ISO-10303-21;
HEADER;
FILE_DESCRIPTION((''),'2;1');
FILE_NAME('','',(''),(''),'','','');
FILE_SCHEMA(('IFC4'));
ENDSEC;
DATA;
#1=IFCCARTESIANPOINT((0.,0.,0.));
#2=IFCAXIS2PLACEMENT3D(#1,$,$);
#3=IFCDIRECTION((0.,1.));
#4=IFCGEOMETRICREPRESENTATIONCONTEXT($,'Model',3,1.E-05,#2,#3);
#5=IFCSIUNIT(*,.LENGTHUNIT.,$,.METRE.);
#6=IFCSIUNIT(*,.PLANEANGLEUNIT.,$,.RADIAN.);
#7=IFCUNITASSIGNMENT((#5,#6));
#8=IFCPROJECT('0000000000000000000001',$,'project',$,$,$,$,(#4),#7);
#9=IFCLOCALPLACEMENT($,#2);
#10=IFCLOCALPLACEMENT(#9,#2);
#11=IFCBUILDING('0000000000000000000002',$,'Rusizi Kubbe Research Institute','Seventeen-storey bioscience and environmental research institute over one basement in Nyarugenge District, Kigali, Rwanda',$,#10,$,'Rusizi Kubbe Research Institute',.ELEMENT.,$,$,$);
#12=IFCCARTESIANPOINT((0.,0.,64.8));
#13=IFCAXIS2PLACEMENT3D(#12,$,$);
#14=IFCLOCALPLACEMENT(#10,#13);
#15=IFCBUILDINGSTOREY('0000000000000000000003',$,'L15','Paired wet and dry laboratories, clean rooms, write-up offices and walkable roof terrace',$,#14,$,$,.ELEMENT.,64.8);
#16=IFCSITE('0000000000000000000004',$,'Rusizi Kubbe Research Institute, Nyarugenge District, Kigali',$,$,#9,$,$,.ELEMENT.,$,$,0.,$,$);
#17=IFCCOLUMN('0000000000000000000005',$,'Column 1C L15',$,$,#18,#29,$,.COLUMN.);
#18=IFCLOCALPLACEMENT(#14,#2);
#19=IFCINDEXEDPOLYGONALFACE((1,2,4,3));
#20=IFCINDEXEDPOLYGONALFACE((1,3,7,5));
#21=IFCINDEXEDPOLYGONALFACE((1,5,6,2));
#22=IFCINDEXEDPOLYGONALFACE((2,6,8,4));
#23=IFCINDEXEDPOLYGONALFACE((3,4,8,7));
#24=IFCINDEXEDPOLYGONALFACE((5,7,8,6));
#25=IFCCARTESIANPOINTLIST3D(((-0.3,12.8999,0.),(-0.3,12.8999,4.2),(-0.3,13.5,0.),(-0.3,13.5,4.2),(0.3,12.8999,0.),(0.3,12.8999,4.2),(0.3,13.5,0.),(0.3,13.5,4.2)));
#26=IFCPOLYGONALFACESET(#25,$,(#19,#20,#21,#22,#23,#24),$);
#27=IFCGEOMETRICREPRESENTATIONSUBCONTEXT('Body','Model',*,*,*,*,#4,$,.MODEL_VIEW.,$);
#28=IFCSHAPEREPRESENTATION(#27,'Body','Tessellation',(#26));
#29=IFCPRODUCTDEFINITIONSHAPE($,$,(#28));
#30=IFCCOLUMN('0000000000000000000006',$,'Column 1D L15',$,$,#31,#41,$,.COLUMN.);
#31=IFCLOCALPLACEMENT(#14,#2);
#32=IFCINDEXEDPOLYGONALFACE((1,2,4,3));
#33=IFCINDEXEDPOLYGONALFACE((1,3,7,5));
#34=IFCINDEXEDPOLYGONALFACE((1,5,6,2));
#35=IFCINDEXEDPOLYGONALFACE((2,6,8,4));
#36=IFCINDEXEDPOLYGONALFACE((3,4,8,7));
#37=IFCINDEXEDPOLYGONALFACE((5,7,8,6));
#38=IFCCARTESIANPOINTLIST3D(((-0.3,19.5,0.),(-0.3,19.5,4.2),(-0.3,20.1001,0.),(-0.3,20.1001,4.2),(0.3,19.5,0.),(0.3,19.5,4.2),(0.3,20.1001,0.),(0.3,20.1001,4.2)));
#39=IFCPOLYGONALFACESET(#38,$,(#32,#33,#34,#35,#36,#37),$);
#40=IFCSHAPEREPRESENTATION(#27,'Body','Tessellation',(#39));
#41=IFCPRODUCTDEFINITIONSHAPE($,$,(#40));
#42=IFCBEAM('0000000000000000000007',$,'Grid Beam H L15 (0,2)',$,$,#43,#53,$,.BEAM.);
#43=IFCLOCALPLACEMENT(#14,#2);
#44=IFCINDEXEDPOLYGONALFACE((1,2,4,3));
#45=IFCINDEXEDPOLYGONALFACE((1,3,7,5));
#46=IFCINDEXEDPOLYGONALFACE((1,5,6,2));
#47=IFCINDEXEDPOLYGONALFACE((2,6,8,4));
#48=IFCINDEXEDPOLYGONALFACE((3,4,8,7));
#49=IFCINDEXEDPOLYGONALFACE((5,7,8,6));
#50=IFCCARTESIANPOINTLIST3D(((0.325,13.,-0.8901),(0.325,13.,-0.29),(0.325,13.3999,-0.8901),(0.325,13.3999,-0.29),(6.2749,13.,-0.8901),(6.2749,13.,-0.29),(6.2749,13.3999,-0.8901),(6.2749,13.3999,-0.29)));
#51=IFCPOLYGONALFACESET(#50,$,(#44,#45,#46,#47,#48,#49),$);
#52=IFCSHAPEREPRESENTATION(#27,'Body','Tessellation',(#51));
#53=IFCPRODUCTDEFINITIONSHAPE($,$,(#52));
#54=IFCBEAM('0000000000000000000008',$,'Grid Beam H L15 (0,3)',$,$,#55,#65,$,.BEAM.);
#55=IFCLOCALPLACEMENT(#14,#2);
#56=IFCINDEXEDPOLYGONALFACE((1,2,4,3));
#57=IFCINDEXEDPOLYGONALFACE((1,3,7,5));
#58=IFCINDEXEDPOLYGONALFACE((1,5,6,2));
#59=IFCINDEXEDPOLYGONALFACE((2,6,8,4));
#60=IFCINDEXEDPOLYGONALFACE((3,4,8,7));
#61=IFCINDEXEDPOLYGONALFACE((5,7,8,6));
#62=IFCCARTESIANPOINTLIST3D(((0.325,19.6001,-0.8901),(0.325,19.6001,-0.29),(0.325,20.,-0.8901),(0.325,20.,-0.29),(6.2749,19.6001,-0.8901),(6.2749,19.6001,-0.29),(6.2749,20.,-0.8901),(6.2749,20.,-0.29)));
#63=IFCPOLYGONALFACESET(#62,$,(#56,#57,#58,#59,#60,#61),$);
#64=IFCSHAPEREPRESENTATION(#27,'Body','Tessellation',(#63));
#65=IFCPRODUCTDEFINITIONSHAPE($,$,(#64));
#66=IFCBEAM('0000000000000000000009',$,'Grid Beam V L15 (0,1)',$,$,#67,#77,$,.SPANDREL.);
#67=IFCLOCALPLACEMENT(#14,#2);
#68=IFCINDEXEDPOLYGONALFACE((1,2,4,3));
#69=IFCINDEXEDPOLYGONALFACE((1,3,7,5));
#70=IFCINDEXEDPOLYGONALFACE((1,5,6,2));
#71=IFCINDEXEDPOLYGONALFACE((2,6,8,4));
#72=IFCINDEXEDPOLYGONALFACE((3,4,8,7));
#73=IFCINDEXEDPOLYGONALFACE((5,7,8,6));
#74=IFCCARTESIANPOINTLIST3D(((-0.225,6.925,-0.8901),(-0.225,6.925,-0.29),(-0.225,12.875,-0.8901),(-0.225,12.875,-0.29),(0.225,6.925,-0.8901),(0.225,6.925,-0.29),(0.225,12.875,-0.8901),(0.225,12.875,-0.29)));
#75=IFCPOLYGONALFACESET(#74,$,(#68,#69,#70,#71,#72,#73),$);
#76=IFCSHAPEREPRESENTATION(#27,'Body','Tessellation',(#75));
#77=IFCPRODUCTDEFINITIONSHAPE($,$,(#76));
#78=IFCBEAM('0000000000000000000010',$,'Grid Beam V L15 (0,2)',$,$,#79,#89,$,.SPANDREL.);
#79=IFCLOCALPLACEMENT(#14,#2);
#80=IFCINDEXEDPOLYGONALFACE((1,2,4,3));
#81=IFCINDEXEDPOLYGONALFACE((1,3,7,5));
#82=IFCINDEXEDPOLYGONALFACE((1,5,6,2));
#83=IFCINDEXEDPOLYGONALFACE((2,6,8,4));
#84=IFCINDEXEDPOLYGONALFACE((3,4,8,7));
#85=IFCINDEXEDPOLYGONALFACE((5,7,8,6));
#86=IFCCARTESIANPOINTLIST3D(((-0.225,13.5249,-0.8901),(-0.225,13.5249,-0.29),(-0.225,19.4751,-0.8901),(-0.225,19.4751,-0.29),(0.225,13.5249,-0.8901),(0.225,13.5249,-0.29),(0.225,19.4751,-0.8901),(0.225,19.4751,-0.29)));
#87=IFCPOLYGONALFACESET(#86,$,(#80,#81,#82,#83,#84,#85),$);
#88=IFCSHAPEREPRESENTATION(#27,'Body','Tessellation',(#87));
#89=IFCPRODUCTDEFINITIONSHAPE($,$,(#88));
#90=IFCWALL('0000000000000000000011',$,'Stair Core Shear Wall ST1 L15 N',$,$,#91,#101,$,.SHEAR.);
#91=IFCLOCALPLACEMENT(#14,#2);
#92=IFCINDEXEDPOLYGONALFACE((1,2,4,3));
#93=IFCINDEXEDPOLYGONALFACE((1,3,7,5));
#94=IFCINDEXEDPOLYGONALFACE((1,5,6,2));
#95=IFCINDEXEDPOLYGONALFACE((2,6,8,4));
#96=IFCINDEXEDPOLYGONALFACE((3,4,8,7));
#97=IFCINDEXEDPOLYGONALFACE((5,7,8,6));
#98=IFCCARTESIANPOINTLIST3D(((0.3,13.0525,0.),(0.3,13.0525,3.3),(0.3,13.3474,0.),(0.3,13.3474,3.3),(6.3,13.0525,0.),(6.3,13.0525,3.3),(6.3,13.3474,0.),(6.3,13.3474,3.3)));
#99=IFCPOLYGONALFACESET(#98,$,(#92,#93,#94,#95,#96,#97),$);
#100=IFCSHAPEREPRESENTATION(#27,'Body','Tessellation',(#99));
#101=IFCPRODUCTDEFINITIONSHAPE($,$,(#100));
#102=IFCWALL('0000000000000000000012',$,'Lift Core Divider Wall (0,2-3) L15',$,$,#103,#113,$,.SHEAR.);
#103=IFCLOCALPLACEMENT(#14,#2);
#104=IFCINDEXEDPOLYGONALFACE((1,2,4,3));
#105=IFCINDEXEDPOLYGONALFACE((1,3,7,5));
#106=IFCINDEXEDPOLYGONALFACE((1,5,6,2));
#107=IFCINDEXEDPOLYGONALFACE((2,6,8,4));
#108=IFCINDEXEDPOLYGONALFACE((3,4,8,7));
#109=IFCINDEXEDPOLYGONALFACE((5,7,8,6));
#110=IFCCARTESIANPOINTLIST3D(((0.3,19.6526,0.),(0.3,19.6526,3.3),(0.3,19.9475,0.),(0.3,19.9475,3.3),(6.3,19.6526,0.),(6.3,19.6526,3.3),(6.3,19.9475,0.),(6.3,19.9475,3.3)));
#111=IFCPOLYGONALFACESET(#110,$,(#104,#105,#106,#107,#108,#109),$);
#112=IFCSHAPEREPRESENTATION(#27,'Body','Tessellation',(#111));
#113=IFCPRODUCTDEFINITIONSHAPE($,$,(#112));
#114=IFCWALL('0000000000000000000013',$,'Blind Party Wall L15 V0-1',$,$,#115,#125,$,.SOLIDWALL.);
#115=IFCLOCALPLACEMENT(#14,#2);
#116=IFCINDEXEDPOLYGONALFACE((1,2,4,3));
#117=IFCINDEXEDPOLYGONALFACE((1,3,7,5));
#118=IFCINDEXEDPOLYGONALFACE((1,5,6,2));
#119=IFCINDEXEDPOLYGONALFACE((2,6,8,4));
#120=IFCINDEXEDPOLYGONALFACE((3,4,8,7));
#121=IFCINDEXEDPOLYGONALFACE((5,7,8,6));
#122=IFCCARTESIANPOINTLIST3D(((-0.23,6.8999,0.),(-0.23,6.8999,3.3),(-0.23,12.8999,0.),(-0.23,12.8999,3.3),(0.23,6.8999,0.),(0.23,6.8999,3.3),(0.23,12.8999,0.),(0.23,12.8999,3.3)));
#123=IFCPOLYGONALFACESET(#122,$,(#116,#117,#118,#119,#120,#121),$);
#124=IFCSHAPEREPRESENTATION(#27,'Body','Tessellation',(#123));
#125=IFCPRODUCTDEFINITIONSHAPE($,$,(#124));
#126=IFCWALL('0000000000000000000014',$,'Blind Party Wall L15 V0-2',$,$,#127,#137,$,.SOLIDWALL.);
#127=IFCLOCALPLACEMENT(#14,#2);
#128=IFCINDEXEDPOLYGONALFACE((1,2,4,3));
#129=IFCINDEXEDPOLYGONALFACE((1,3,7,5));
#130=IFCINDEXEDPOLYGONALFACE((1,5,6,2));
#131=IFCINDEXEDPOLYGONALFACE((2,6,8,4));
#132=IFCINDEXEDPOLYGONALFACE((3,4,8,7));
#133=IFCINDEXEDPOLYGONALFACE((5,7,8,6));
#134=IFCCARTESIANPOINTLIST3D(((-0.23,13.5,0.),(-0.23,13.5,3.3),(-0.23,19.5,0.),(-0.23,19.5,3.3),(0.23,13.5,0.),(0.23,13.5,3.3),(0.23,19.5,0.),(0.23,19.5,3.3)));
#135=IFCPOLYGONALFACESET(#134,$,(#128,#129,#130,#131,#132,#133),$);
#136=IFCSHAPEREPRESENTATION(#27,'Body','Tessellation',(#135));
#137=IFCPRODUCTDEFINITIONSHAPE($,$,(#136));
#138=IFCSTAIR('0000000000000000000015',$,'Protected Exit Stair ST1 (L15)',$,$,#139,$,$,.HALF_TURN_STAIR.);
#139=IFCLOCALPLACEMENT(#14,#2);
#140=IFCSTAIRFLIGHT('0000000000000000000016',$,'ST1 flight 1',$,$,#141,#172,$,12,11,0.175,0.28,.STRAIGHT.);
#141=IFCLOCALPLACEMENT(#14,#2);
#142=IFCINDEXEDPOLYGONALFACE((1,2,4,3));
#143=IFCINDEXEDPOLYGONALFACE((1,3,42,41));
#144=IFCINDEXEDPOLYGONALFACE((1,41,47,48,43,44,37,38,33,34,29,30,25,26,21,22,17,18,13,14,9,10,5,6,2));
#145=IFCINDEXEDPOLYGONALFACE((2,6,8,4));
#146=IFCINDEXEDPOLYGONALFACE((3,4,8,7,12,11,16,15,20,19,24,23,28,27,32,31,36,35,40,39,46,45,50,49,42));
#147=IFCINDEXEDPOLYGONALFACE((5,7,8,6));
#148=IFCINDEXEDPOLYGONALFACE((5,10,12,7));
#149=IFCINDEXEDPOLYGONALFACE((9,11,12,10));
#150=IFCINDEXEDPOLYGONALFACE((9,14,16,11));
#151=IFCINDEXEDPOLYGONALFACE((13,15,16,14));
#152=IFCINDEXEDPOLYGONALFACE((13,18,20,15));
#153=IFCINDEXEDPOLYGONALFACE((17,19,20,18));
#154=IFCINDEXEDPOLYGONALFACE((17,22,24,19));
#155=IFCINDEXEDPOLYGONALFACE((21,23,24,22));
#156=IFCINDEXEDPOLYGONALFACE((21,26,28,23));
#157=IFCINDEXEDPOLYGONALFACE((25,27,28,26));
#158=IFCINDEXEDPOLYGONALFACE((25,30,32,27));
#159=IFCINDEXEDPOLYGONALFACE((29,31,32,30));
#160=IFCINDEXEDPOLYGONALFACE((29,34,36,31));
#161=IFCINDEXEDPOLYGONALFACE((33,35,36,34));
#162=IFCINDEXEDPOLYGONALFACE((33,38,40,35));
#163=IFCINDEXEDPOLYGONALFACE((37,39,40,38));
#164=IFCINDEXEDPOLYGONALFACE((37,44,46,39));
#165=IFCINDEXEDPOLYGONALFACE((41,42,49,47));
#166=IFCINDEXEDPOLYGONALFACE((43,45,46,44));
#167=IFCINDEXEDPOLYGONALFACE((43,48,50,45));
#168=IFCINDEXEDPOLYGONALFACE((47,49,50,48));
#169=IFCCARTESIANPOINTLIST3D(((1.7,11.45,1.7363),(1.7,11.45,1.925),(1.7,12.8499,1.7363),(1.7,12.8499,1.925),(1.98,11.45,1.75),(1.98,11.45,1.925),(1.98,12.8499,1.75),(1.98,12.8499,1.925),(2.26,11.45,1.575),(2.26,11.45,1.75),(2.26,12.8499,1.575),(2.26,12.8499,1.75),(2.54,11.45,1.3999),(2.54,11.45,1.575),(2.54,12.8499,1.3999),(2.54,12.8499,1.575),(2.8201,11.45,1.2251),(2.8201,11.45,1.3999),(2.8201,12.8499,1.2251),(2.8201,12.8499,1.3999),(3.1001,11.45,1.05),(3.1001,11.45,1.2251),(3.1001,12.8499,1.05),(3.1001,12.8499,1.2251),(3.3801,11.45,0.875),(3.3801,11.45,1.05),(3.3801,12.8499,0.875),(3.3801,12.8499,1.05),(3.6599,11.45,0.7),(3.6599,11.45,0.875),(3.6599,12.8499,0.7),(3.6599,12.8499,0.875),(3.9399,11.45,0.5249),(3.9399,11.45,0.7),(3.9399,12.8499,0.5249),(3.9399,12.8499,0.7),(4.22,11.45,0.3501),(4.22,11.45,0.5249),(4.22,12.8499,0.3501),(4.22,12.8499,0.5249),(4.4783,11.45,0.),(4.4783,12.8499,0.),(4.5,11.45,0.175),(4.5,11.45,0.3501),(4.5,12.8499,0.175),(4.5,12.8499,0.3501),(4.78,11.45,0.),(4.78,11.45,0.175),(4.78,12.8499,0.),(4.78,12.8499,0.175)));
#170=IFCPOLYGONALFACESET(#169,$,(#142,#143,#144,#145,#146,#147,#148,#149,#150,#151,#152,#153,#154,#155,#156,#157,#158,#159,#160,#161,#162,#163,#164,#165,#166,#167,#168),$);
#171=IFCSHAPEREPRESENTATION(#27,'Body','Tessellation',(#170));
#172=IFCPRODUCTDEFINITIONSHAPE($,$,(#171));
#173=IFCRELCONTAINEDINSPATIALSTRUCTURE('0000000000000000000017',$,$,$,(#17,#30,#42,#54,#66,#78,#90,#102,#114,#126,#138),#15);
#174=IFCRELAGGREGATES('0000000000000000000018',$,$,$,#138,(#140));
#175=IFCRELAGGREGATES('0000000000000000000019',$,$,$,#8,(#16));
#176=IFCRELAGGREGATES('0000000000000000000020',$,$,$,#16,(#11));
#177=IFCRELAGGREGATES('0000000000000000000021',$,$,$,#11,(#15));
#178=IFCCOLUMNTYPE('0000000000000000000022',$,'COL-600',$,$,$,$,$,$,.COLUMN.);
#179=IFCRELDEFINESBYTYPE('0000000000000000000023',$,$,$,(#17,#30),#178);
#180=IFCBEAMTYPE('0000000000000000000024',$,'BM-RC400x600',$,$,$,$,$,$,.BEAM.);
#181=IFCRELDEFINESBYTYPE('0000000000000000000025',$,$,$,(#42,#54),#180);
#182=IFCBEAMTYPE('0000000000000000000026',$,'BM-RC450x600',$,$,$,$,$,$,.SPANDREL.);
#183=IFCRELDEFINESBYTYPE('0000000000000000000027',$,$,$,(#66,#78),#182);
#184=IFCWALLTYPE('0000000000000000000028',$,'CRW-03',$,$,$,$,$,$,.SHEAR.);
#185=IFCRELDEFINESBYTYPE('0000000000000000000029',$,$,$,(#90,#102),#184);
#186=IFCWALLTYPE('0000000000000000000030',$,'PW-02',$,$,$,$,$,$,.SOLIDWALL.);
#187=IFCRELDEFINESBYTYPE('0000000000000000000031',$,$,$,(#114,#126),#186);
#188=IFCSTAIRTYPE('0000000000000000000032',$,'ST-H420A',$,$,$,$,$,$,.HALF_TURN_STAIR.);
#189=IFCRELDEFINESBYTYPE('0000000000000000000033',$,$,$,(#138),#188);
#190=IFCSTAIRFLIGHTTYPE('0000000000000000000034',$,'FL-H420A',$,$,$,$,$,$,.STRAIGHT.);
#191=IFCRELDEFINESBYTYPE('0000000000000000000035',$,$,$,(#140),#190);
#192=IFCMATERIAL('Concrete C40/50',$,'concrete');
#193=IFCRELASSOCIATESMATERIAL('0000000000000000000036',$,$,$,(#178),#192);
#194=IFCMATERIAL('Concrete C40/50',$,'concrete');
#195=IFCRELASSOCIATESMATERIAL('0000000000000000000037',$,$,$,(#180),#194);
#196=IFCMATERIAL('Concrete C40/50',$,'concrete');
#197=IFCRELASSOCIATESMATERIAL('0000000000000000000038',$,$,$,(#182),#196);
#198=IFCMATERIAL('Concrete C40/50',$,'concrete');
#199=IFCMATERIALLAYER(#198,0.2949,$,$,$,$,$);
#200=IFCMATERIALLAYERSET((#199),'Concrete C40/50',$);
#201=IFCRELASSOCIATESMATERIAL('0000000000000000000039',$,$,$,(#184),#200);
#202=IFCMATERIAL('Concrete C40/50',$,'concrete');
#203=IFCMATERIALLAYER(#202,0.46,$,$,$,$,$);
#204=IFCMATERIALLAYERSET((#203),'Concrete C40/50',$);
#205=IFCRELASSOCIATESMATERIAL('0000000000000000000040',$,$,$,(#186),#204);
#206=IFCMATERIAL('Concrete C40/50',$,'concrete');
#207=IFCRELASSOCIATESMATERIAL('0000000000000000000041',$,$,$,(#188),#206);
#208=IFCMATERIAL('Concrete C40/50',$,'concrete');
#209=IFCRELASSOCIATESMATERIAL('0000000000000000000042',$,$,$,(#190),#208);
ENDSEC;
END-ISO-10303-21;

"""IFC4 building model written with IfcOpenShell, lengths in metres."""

from ifc_helpers import new_model, si_unit, direction, frame, frame_2d, origin, origin_2d, place, context, subcontext, project, spatial, polyline, rectangle, outline, extrude, material, layer, layer_set, material_profile, profile_set, type_object, element, aggregate, save


model = new_model("IFC4")

# Units and contexts
model_context = context("Model", 3, precision=1e-05, world=origin(), true_north=direction((0.0, 1.0)))
body_context = subcontext(model_context, "Body", "Model", "MODEL_VIEW")
ifc_project = project(units=[si_unit("LENGTHUNIT", "METRE"), si_unit("PLANEANGLEUNIT", "RADIAN")], contexts=[model_context])

# Site, building, storey
site_placement = place(None, origin())
site = spatial("IfcSite", under=ifc_project, at=site_placement, Name="Rusizi Kubbe Research Institute, Nyarugenge District, Kigali", CompositionType="ELEMENT", RefElevation=0.0)
building_placement = place(site_placement, origin())
building = spatial("IfcBuilding", under=site, at=building_placement, Name="Rusizi Kubbe Research Institute", Description="Seventeen-storey bioscience and environmental research institute over one basement in Nyarugenge District, Kigali, Rwanda", LongName="Rusizi Kubbe Research Institute", CompositionType="ELEMENT")
storey_placement = place(building_placement, frame((0.0, 0.0, 64.8)))
storey = spatial("IfcBuildingStorey", under=building, at=storey_placement, Name="L15", Description="Paired wet and dry laboratories, clean rooms, write-up offices and walkable roof terrace", CompositionType="ELEMENT", Elevation=64.8)

# Columns
ifc_material_1 = material(Name="Concrete C40/50", Category="concrete")
ifc_material_profile_1 = material_profile(ifc_material_1, rectangle(XDim=0.6001, YDim=0.6001, at=origin_2d()), Name="RC600x600")
ifc_profile_set_1 = profile_set([ifc_material_profile_1], Name="Concrete C40/50")
column_type = type_object("IfcColumnType", Name="COL-600", PredefinedType="COLUMN", material=ifc_profile_set_1)
for number, where, z_axis, x_axis, name in (
    (1, (0.0, 13.2, 0.0), (0.0, 0.0, 1.0), (1.0, 0.0, 0.0), "Column 1C L15"),
    (2, (0.0, 19.8, 0.0), (0.0, 0.0, 1.0), (1.0, 0.0, 0.0), "Column 1D L15"),
):
    element("IfcColumn", number, at=place(storey_placement, frame(where, z_axis=z_axis, x_axis=x_axis)), inside=storey, type_object=column_type, Name=name, PredefinedType="COLUMN", context=body_context, shape_type="SweptSolid", body=[
        extrude(rectangle(XDim=0.6001, YDim=0.6001, at=origin_2d()), origin(), (0.0, 0.0, 1.0), 4.2),
    ])

# Beams
ifc_material_2 = material(Name="Concrete C40/50", Category="concrete")
ifc_material_profile_2 = material_profile(ifc_material_2, rectangle(XDim=0.3999, YDim=0.6001, at=origin_2d()), Name="RC400x600")
ifc_profile_set_2 = profile_set([ifc_material_profile_2], Name="Concrete C40/50")
beam_type_1 = type_object("IfcBeamType", Name="BM-RC400x600", PredefinedType="BEAM", material=ifc_profile_set_2)
for number, where, z_axis, x_axis, name in (
    (3, (0.325, 13.2, -0.5901), (1.0, 0.0, 0.0), (0.0, 1.0, 0.0), "Grid Beam H L15 (0,2)"),
    (4, (0.325, 19.8, -0.5901), (1.0, 0.0, 0.0), (0.0, 1.0, 0.0), "Grid Beam H L15 (0,3)"),
):
    element("IfcBeam", number, at=place(storey_placement, frame(where, z_axis=z_axis, x_axis=x_axis)), inside=storey, type_object=beam_type_1, Name=name, PredefinedType="BEAM", context=body_context, shape_type="SweptSolid", body=[
        extrude(rectangle(XDim=0.3999, YDim=0.6001, at=origin_2d()), origin(), (0.0, 0.0, 1.0), 5.95),
    ])
ifc_material_3 = material(Name="Concrete C40/50", Category="concrete")
ifc_material_profile_3 = material_profile(ifc_material_3, rectangle(XDim=0.45, YDim=0.6001, at=origin_2d()), Name="RC450x600")
ifc_profile_set_3 = profile_set([ifc_material_profile_3], Name="Concrete C40/50")
beam_type_2 = type_object("IfcBeamType", Name="BM-RC450x600", PredefinedType="SPANDREL", material=ifc_profile_set_3)
beam_1_placement = place(storey_placement, frame((0.0, 6.925, -0.5901), z_axis=(0.0, 1.0, 0.0), x_axis=(-1.0, 0.0, 0.0)))
element("IfcBeam", 5, at=beam_1_placement, inside=storey, type_object=beam_type_2, Name="Grid Beam V L15 (0,1)", PredefinedType="SPANDREL", context=body_context, shape_type="SweptSolid", body=[
    extrude(rectangle(XDim=0.45, YDim=0.6001, at=origin_2d()), origin(), (0.0, 0.0, 1.0), 5.95),
])
beam_2_placement = place(storey_placement, frame((0.0, 13.5249, -0.5901), z_axis=(0.0, 1.0, 0.0), x_axis=(-1.0, 0.0, 0.0)))
element("IfcBeam", 6, at=beam_2_placement, inside=storey, type_object=beam_type_2, Name="Grid Beam V L15 (0,2)", PredefinedType="SPANDREL", context=body_context, shape_type="SweptSolid", body=[
    extrude(rectangle(XDim=0.45, YDim=0.6001, at=origin_2d()), origin(), (0.0, 0.0, 1.0), 5.9502),
])

# Walls
ifc_material_4 = material(Name="Concrete C40/50", Category="concrete")
ifc_layer_1 = layer(ifc_material_4, 0.2949)
ifc_layer_set_1 = layer_set([ifc_layer_1], Name="Concrete C40/50")
wall_type_1 = type_object("IfcWallType", Name="CRW-03", PredefinedType="SHEAR", material=ifc_layer_set_1)
for number, where, z_axis, x_axis, name in (
    (7, (0.3, 13.2, 0.0), (0.0, 0.0, 1.0), (1.0, 0.0, 0.0), "Stair Core Shear Wall ST1 L15 N"),
    (8, (0.3, 19.8, 0.0), (0.0, 0.0, 1.0), (1.0, 0.0, 0.0), "Lift Core Divider Wall (0,2-3) L15"),
):
    element("IfcWall", number, at=place(storey_placement, frame(where, z_axis=z_axis, x_axis=x_axis)), inside=storey, type_object=wall_type_1, Name=name, PredefinedType="SHEAR", context=body_context, shape_type="SweptSolid", body=[
        extrude(rectangle(XDim=6.0, YDim=0.2949, at=frame_2d((3.0, 0.0))), origin(), (0.0, 0.0, 1.0), 3.3),
    ])

# Walls
ifc_material_5 = material(Name="Concrete C40/50", Category="concrete")
ifc_layer_2 = layer(ifc_material_5, 0.46)
ifc_layer_set_2 = layer_set([ifc_layer_2], Name="Concrete C40/50")
wall_type_2 = type_object("IfcWallType", Name="PW-02", PredefinedType="SOLIDWALL", material=ifc_layer_set_2)
for number, where, z_axis, x_axis, name in (
    (9, (0.0, 6.8999, 0.0), (0.0, 0.0, 1.0), (0.0, 1.0, 0.0), "Blind Party Wall L15 V0-1"),
    (10, (0.0, 13.5, 0.0), (0.0, 0.0, 1.0), (0.0, 1.0, 0.0), "Blind Party Wall L15 V0-2"),
):
    element("IfcWall", number, at=place(storey_placement, frame(where, z_axis=z_axis, x_axis=x_axis)), inside=storey, type_object=wall_type_2, Name=name, PredefinedType="SOLIDWALL", context=body_context, shape_type="SweptSolid", body=[
        extrude(rectangle(XDim=6.0, YDim=0.46, at=frame_2d((3.0, 0.0))), origin(), (0.0, 0.0, 1.0), 3.3),
    ])

# Stair, stair flight
ifc_material_6 = material(Name="Concrete C40/50", Category="concrete")
stair_type = type_object("IfcStairType", Name="ST-H420A", PredefinedType="HALF_TURN_STAIR", material=ifc_material_6)
stair_placement = place(storey_placement, origin())
stair = element("IfcStair", 11, at=stair_placement, inside=storey, type_object=stair_type, Name="Protected Exit Stair ST1 (L15)", PredefinedType="HALF_TURN_STAIR")
ifc_material_7 = material(Name="Concrete C40/50", Category="concrete")
stair_flight_type = type_object("IfcStairFlightType", Name="FL-H420A", PredefinedType="STRAIGHT", material=ifc_material_7)
stair_flight_1_placement = place(storey_placement, frame((4.78, 12.1499, 0.0), z_axis=(0.0, 0.0, 1.0), x_axis=(-1.0, 0.0, 0.0)))
stair_flight_1 = element("IfcStairFlight", 12, at=stair_flight_1_placement, type_object=stair_flight_type, Name="ST1 flight 1", NumberOfRisers=12, NumberOfTreads=11, PredefinedType="STRAIGHT", RiserHeight=0.175, TreadLength=0.28, context=body_context, shape_type="SweptSolid", body=[
    extrude(outline(polyline([(0.0, 0.0), (0.0, 0.175), (0.28, 0.175), (0.28, 0.3501), (0.5601, 0.3501), (0.5601, 0.5249), (0.8401, 0.5249), (0.8401, 0.7), (1.1201, 0.7), (1.1201, 0.875), (1.3999, 0.875), (1.3999, 1.05), (1.6799, 1.05), (1.6799, 1.2251), (1.96, 1.2251), (1.96, 1.3999), (2.24, 1.3999), (2.24, 1.575), (2.52, 1.575), (2.52, 1.75), (2.8, 1.75), (2.8, 1.925), (3.0801, 1.925), (3.0801, 2.1001), (3.0801, 1.7363), (0.3018, 0.0), (0.0, 0.0)])), frame((0.0, 0.7, 0.0), z_axis=(0.0, -1.0, 0.0), x_axis=(1.0, 0.0, 0.0)), (0.0, 0.0, 1.0), 1.3999),
])
aggregate(stair, [stair_flight_1])

save(model, "model.ifc")
